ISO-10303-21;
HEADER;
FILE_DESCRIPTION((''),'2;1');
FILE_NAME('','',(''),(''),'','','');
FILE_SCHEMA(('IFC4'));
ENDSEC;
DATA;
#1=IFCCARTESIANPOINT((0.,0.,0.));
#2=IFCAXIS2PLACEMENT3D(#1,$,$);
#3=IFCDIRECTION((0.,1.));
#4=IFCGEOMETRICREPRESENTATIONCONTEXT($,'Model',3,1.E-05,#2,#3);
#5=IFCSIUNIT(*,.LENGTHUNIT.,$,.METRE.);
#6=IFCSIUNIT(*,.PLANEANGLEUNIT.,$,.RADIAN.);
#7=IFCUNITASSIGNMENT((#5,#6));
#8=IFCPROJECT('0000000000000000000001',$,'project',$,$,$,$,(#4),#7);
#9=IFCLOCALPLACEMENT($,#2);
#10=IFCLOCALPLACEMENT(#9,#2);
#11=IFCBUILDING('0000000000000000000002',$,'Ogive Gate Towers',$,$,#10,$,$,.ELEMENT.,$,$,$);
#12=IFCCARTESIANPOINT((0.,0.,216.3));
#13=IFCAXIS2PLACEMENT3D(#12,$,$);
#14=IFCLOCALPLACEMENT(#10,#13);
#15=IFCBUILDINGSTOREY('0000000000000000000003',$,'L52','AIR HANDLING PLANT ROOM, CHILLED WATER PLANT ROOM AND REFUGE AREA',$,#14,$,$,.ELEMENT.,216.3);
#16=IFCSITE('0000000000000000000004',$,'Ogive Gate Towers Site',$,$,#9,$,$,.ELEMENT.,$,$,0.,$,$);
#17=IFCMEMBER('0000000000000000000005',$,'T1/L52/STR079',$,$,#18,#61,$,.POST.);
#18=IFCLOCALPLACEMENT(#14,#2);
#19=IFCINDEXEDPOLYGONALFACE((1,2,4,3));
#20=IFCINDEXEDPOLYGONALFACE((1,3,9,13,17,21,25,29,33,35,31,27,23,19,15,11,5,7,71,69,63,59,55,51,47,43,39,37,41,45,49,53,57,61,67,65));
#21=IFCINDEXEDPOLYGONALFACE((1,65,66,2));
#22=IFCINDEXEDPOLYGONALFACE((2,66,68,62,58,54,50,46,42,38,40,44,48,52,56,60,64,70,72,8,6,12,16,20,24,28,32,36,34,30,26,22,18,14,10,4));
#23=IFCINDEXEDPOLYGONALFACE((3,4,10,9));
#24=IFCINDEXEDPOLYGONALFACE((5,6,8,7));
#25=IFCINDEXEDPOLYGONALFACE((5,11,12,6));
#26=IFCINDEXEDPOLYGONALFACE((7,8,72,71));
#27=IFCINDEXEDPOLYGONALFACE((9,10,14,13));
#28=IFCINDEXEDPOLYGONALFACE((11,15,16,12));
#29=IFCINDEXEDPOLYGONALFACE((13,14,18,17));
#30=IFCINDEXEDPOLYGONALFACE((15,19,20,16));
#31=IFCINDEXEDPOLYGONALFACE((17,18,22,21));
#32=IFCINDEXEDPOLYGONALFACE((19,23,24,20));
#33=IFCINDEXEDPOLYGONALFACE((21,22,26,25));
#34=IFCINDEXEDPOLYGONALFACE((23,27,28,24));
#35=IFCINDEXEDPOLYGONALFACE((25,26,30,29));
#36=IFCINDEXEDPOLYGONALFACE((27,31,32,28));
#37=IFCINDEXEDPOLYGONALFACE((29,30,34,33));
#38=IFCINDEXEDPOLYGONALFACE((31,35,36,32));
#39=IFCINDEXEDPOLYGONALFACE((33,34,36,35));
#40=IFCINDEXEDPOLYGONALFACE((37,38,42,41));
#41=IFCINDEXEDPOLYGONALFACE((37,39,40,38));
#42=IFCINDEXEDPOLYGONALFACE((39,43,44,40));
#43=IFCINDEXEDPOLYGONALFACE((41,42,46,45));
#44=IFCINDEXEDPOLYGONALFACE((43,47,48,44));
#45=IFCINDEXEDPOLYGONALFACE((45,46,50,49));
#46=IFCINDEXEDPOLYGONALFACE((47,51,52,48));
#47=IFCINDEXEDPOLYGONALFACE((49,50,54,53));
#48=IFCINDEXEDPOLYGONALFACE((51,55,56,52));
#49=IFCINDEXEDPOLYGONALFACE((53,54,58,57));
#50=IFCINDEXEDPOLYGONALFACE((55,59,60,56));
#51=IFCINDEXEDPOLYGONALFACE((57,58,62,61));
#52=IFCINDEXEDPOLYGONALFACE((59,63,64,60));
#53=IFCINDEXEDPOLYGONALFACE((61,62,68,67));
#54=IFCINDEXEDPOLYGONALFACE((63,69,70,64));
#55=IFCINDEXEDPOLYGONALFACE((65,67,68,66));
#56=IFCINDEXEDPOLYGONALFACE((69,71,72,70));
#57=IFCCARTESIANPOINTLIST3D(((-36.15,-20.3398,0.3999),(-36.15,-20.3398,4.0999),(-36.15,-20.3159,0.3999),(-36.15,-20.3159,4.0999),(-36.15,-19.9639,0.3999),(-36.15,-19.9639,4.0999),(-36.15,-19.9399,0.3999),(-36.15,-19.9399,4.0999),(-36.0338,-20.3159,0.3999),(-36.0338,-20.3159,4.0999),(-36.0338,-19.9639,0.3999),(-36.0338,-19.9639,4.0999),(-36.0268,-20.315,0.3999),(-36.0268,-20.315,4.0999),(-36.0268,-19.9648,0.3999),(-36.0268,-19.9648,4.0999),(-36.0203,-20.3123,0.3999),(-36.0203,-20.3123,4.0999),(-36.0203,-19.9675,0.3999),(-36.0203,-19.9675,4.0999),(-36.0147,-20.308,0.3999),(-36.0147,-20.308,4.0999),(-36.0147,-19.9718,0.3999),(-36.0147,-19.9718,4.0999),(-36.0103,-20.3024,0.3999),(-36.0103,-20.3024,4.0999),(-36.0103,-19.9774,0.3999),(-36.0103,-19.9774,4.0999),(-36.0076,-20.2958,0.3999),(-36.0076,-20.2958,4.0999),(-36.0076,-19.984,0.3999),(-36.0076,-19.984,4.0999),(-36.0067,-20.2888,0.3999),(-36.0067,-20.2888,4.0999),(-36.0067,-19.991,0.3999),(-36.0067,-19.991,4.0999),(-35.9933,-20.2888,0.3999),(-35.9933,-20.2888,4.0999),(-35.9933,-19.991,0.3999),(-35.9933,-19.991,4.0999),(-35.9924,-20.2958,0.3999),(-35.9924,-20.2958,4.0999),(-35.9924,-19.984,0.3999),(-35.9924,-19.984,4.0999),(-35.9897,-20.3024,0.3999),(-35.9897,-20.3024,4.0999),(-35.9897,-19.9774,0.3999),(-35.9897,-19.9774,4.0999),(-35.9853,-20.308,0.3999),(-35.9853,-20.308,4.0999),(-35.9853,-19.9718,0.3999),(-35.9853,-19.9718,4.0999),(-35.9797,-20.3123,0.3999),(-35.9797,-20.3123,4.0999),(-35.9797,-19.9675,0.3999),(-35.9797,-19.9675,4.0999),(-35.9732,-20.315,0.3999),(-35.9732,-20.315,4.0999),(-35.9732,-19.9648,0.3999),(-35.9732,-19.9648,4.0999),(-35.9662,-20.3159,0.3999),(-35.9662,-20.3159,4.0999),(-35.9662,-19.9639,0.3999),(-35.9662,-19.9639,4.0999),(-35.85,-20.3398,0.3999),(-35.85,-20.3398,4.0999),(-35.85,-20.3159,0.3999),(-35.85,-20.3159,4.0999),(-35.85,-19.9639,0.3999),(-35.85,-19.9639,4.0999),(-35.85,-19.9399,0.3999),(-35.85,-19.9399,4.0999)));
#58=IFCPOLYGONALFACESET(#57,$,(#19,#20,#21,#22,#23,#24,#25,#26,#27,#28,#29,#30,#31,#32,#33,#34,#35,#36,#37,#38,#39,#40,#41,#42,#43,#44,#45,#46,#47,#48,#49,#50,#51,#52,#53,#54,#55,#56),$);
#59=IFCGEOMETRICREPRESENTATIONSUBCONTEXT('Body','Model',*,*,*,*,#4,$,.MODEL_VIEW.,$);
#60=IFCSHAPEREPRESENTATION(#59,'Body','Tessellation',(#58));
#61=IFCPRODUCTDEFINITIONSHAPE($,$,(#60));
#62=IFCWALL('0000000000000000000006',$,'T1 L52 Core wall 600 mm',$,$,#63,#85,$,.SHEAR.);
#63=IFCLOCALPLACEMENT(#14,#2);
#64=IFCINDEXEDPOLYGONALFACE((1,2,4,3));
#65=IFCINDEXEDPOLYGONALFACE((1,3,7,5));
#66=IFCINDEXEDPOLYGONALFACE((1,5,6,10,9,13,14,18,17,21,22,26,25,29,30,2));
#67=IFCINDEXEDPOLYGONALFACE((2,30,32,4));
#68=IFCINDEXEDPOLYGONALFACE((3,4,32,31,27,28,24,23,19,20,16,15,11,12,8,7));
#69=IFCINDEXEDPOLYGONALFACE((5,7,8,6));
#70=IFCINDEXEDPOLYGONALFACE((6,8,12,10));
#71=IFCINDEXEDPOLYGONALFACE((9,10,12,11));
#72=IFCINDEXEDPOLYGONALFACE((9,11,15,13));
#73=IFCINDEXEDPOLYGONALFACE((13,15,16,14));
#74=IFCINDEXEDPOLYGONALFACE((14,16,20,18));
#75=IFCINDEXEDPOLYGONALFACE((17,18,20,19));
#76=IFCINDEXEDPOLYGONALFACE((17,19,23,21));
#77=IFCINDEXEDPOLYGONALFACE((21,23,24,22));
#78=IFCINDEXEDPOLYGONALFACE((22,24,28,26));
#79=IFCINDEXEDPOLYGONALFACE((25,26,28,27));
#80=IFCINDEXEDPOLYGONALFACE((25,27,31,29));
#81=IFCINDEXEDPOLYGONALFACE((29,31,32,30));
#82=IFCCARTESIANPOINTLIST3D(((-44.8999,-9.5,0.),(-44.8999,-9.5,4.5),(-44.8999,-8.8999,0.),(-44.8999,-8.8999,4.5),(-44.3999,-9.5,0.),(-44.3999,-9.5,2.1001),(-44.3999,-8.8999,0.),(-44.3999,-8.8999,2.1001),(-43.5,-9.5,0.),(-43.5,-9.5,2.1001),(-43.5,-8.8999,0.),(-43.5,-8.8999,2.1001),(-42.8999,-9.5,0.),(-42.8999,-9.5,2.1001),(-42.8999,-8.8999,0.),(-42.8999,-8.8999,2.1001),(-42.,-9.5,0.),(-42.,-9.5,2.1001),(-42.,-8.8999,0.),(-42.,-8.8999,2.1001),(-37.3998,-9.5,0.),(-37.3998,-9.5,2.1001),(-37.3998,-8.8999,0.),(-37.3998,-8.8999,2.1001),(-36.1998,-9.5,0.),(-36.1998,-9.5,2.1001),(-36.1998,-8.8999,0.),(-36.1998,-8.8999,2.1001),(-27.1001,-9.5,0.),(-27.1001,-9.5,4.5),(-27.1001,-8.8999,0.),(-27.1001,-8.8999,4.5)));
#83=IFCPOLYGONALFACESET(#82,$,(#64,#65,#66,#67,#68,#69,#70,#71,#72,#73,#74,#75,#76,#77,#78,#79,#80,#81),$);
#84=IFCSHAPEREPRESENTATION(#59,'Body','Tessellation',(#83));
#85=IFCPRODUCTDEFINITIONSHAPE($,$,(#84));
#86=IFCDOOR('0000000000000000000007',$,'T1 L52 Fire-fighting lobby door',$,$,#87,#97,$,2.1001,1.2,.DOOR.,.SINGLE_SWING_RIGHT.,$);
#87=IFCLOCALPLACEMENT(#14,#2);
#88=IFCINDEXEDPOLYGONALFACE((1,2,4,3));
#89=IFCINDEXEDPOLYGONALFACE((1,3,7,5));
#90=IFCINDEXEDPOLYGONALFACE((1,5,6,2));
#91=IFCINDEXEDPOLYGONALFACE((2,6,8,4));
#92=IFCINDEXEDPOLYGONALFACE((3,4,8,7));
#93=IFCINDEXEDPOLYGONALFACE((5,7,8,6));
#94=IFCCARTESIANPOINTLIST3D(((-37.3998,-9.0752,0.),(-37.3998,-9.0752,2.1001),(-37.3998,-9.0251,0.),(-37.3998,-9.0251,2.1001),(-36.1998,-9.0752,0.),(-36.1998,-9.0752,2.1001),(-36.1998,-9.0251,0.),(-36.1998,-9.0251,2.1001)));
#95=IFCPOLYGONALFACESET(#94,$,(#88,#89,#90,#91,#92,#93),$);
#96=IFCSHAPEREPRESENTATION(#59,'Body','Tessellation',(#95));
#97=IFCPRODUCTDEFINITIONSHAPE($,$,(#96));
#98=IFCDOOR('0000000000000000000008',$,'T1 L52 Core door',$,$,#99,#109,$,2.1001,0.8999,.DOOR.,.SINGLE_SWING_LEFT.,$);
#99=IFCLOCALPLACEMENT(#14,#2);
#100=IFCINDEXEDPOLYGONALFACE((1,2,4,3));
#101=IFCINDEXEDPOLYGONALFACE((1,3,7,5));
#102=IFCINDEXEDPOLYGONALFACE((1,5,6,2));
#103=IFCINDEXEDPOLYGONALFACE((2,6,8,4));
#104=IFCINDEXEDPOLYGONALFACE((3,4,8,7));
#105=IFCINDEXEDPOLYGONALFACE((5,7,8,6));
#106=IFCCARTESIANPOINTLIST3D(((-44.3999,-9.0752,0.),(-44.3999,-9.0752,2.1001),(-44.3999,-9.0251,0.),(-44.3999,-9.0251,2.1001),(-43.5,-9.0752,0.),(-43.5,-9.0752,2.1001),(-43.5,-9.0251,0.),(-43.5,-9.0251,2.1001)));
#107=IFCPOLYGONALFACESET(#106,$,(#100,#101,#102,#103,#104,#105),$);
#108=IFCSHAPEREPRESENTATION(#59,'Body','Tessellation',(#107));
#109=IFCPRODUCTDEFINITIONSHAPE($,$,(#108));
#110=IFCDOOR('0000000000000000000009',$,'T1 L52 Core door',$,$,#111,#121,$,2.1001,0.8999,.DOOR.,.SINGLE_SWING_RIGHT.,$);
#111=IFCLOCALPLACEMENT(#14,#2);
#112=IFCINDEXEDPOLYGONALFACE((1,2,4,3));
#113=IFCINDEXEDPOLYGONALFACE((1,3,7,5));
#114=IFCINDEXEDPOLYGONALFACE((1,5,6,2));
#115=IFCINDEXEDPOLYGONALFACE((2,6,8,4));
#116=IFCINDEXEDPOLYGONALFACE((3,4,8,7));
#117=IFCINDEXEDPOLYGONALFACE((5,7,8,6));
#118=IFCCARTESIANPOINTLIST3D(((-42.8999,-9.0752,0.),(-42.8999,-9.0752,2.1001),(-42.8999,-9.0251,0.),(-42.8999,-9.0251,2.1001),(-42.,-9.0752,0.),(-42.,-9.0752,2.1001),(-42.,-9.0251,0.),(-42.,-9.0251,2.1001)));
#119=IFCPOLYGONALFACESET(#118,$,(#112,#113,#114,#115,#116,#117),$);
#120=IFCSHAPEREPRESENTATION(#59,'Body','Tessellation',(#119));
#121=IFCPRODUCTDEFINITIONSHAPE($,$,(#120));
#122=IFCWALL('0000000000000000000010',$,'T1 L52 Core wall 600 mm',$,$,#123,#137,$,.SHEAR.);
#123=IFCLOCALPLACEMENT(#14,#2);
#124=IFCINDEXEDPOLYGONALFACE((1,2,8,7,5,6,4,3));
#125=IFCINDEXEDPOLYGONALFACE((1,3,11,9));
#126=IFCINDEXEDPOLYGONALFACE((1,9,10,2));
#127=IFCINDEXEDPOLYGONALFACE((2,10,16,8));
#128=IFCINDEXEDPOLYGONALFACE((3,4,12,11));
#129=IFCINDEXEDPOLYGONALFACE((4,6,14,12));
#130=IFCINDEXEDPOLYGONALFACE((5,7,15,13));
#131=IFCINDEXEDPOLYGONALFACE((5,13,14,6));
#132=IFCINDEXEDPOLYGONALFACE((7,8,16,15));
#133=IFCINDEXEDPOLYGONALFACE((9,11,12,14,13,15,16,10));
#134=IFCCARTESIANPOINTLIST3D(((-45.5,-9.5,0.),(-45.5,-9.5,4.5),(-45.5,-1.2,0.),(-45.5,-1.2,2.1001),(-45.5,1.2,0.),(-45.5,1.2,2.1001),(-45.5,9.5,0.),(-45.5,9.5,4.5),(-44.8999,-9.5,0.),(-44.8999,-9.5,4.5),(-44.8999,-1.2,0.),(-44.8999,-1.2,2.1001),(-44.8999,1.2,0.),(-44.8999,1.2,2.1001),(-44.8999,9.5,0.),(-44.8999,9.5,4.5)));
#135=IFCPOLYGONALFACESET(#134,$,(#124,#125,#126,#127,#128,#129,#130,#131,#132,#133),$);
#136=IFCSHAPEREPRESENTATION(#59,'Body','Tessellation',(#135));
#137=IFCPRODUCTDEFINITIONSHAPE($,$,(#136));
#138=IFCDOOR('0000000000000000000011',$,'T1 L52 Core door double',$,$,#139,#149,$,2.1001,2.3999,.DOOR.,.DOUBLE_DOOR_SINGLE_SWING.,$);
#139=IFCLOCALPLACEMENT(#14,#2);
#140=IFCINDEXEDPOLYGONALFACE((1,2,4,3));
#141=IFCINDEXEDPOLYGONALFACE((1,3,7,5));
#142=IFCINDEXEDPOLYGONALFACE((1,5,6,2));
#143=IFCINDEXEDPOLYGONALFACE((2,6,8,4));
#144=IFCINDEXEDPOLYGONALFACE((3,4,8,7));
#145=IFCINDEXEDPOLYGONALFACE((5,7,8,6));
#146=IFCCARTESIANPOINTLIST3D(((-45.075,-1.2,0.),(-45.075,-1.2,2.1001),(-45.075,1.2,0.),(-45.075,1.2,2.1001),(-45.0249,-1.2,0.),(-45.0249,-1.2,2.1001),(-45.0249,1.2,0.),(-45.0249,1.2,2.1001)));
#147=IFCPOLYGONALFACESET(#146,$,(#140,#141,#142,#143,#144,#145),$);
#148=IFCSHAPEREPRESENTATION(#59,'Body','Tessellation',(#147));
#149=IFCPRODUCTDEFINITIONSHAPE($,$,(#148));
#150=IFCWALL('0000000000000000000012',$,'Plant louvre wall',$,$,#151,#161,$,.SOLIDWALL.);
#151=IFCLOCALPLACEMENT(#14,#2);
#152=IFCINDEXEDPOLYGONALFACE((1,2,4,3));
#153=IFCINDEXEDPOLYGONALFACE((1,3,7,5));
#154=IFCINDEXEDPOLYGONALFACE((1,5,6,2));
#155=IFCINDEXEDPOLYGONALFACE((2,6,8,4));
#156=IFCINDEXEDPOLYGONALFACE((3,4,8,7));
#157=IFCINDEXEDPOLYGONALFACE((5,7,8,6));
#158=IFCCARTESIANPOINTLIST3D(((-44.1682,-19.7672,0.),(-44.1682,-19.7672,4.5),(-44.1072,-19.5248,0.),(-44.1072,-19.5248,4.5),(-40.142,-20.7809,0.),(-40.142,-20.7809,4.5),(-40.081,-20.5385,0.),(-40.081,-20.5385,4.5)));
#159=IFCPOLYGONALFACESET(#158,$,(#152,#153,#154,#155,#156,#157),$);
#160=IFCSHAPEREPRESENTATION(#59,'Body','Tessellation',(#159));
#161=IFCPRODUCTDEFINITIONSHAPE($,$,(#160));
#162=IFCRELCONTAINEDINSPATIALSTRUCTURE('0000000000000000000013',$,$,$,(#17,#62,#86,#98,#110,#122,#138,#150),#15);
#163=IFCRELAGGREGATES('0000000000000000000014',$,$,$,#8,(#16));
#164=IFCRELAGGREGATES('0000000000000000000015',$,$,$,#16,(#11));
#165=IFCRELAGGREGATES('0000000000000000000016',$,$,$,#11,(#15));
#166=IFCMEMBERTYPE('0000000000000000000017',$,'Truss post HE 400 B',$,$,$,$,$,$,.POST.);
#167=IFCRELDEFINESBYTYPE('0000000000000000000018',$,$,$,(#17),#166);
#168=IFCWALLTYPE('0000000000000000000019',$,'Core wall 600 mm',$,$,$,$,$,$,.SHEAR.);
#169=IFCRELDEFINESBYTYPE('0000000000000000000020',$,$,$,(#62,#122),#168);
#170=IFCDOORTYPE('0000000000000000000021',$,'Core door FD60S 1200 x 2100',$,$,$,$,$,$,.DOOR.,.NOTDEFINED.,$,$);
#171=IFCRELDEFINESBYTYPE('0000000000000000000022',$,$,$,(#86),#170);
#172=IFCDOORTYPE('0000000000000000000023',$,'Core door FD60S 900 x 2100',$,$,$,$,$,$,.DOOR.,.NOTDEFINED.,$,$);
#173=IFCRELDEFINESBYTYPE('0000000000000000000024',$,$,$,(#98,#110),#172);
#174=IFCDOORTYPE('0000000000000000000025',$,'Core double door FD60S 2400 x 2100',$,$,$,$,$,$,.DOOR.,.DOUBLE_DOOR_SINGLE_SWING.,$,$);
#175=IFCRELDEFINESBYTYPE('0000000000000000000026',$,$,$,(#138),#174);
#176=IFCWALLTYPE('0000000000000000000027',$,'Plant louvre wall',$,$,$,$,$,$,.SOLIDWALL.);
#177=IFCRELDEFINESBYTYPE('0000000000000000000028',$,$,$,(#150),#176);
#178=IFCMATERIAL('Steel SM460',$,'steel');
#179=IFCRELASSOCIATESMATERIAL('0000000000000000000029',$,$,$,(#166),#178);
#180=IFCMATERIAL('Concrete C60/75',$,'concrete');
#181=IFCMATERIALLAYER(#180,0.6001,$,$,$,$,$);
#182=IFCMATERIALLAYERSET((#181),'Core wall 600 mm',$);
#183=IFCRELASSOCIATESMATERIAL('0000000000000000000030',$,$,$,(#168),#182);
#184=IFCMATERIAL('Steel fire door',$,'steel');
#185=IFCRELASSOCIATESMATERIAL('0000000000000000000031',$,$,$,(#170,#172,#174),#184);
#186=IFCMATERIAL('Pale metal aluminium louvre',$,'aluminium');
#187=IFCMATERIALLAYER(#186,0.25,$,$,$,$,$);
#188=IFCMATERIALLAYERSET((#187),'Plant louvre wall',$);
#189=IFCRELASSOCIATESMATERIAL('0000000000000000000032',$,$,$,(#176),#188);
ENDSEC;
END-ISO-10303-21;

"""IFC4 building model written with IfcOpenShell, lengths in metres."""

from ifc_helpers import new_model, si_unit, direction, frame, frame_2d, origin, origin_2d, place, context, subcontext, project, spatial, rectangle, i_section, extrude, material, layer, layer_set, material_profile, profile_set, type_object, element, fill, save


model = new_model("IFC4")

# Units and contexts
model_context = context("Model", 3, precision=1e-05, world=origin(), true_north=direction((0.0, 1.0)))
body_context = subcontext(model_context, "Body", "Model", "MODEL_VIEW")
ifc_project = project(units=[si_unit("LENGTHUNIT", "METRE"), si_unit("PLANEANGLEUNIT", "RADIAN")], contexts=[model_context])

# Site, building, storey
site_placement = place(None, origin())
site = spatial("IfcSite", under=ifc_project, at=site_placement, Name="Ogive Gate Towers Site", CompositionType="ELEMENT", RefElevation=0.0)
building_placement = place(site_placement, origin())
building = spatial("IfcBuilding", under=site, at=building_placement, Name="Ogive Gate Towers", CompositionType="ELEMENT")
storey_placement = place(building_placement, frame((0.0, 0.0, 216.3)))
storey = spatial("IfcBuildingStorey", under=building, at=storey_placement, Name="L52", Description="AIR HANDLING PLANT ROOM, CHILLED WATER PLANT ROOM AND REFUGE AREA", CompositionType="ELEMENT", Elevation=216.3)

# Shared definitions
ifc_material_1 = material(Name="Steel SM460", Category="steel")

# Member
ifc_material_profile_1 = material_profile(ifc_material_1, i_section(OverallWidth=0.3, OverallDepth=0.3999, WebThickness=0.0134, FlangeThickness=0.0239, FilletRadius=0.0271, at=origin_2d()), Name="HE 400 B")
ifc_profile_set_1 = profile_set([ifc_material_profile_1], Name="Steel SM460")
member_type_1 = type_object("IfcMemberType", Name="Truss post HE 400 B", PredefinedType="POST", material=ifc_profile_set_1)
for number, where, z_axis, x_axis, name in (
    (1, (-36.0, -20.1399, 0.3999), (0.0, 0.0, 1.0), (1.0, 0.0, 0.0), "T1/L52/STR079"),
):
    element("IfcMember", number, at=place(storey_placement, frame(where, z_axis=z_axis, x_axis=x_axis)), inside=storey, type_object=member_type_1, Name=name, PredefinedType="POST", context=body_context, shape_type="SweptSolid", body=[
        extrude(i_section(OverallWidth=0.3, OverallDepth=0.3999, WebThickness=0.0134, FlangeThickness=0.0239, FilletRadius=0.0271, at=origin_2d()), origin(), (0.0, 0.0, 1.0), 3.7),
    ])

# Wall, openings, doors
ifc_material_2 = material(Name="Concrete C60/75", Category="concrete")
ifc_layer_1 = layer(ifc_material_2, 0.6001)
ifc_layer_set_1 = layer_set([ifc_layer_1], Name="Core wall 600 mm")
wall_type_1 = type_object("IfcWallType", Name="Core wall 600 mm", PredefinedType="SHEAR", material=ifc_layer_set_1)
wall_1_placement = place(storey_placement, frame((-44.8999, -9.2, 0.0), z_axis=(0.0, 0.0, 1.0), x_axis=(1.0, 0.0, 0.0)))
wall_1 = element("IfcWall", 2, at=wall_1_placement, inside=storey, type_object=wall_type_1, Name="T1 L52 Core wall 600 mm", PredefinedType="SHEAR", context=body_context, shape_type="SweptSolid", body=[
    extrude(rectangle(XDim=17.7998, YDim=0.6001, at=frame_2d((8.8999, 0.0))), origin(), (0.0, 0.0, 1.0), 4.5),
])
opening_1_placement = place(wall_1_placement, frame((7.5, 0.0, 0.0)))
opening_1 = element("IfcOpeningElement", 3, at=opening_1_placement, cuts=wall_1, PredefinedType="OPENING", context=body_context, shape_type="SweptSolid", body=[
    extrude(rectangle(XDim=1.2, YDim=2.1001, at=frame_2d((0.6001, 1.05))), frame((0.0, 0.3101, 0.0), z_axis=(0.0, -1.0, 0.0), x_axis=(1.0, 0.0, 0.0)), (0.0, 0.0, 1.0), 0.6201),
])
opening_2_placement = place(wall_1_placement, frame((0.5, 0.0, 0.0)))
opening_2 = element("IfcOpeningElement", 4, at=opening_2_placement, cuts=wall_1, PredefinedType="OPENING", context=body_context, shape_type="SweptSolid", body=[
    extrude(rectangle(XDim=0.8999, YDim=2.1001, at=frame_2d((0.45, 1.05))), frame((0.0, 0.3101, 0.0), z_axis=(0.0, -1.0, 0.0), x_axis=(1.0, 0.0, 0.0)), (0.0, 0.0, 1.0), 0.6201),
])
opening_3_placement = place(wall_1_placement, frame((2.0, 0.0, 0.0)))
opening_3 = element("IfcOpeningElement", 5, at=opening_3_placement, cuts=wall_1, PredefinedType="OPENING", context=body_context, shape_type="SweptSolid", body=[
    extrude(rectangle(XDim=0.8999, YDim=2.1001, at=frame_2d((0.45, 1.05))), frame((0.0, 0.3101, 0.0), z_axis=(0.0, -1.0, 0.0), x_axis=(1.0, 0.0, 0.0)), (0.0, 0.0, 1.0), 0.6201),
])
ifc_material_3 = material(Name="Steel fire door", Category="steel")
door_type_1 = type_object("IfcDoorType", Name="Core door FD60S 1200 x 2100", OperationType="NOTDEFINED", PredefinedType="DOOR", material=ifc_material_3)
door_1_placement = place(opening_1_placement, origin())
door_1 = element("IfcDoor", 6, at=door_1_placement, inside=storey, type_object=door_type_1, Name="T1 L52 Fire-fighting lobby door", OperationType="SINGLE_SWING_RIGHT", OverallHeight=2.1001, OverallWidth=1.2, PredefinedType="DOOR", context=body_context, shape_type="SweptSolid", body=[
    extrude(rectangle(XDim=1.2, YDim=2.1001, at=frame_2d((0.6001, 1.05))), frame((0.0, 0.1748, 0.0), z_axis=(0.0, -1.0, 0.0), x_axis=(1.0, 0.0, 0.0)), (0.0, 0.0, 1.0), 0.05),
])
fill(opening_1, door_1)
door_type_2 = type_object("IfcDoorType", Name="Core door FD60S 900 x 2100", OperationType="NOTDEFINED", PredefinedType="DOOR", material=ifc_material_3)
door_2_placement = place(opening_2_placement, origin())
door_2 = element("IfcDoor", 7, at=door_2_placement, inside=storey, type_object=door_type_2, Name="T1 L52 Core door", OperationType="SINGLE_SWING_LEFT", OverallHeight=2.1001, OverallWidth=0.8999, PredefinedType="DOOR", context=body_context, shape_type="SweptSolid", body=[
    extrude(rectangle(XDim=0.8999, YDim=2.1001, at=frame_2d((0.45, 1.05))), frame((0.0, 0.1748, 0.0), z_axis=(0.0, -1.0, 0.0), x_axis=(1.0, 0.0, 0.0)), (0.0, 0.0, 1.0), 0.05),
])
fill(opening_2, door_2)
door_3_placement = place(opening_3_placement, origin())
door_3 = element("IfcDoor", 8, at=door_3_placement, inside=storey, type_object=door_type_2, Name="T1 L52 Core door", OperationType="SINGLE_SWING_RIGHT", OverallHeight=2.1001, OverallWidth=0.8999, PredefinedType="DOOR", context=body_context, shape_type="SweptSolid", body=[
    extrude(rectangle(XDim=0.8999, YDim=2.1001, at=frame_2d((0.45, 1.05))), frame((0.0, 0.1748, 0.0), z_axis=(0.0, -1.0, 0.0), x_axis=(1.0, 0.0, 0.0)), (0.0, 0.0, 1.0), 0.05),
])
fill(opening_3, door_3)

# Wall, opening, door
wall_2_placement = place(storey_placement, frame((-45.2, -9.5, 0.0), z_axis=(0.0, 0.0, 1.0), x_axis=(0.0, 1.0, 0.0)))
wall_2 = element("IfcWall", 9, at=wall_2_placement, inside=storey, type_object=wall_type_1, Name="T1 L52 Core wall 600 mm", PredefinedType="SHEAR", context=body_context, shape_type="SweptSolid", body=[
    extrude(rectangle(XDim=19.0, YDim=0.6001, at=frame_2d((9.5, 0.0))), origin(), (0.0, 0.0, 1.0), 4.5),
])
opening_4_placement = place(wall_2_placement, frame((8.3, 0.0, 0.0)))
opening_4 = element("IfcOpeningElement", 10, at=opening_4_placement, cuts=wall_2, PredefinedType="OPENING", context=body_context, shape_type="SweptSolid", body=[
    extrude(rectangle(XDim=2.3999, YDim=2.1001, at=frame_2d((1.2, 1.05))), frame((0.0, 0.3101, 0.0), z_axis=(0.0, -1.0, 0.0), x_axis=(1.0, 0.0, 0.0)), (0.0, 0.0, 1.0), 0.6201),
])
door_type_3 = type_object("IfcDoorType", Name="Core double door FD60S 2400 x 2100", OperationType="DOUBLE_DOOR_SINGLE_SWING", PredefinedType="DOOR", material=ifc_material_3)
door_4_placement = place(opening_4_placement, origin())
door_4 = element("IfcDoor", 11, at=door_4_placement, inside=storey, type_object=door_type_3, Name="T1 L52 Core door double", OperationType="DOUBLE_DOOR_SINGLE_SWING", OverallHeight=2.1001, OverallWidth=2.3999, PredefinedType="DOOR", context=body_context, shape_type="SweptSolid", body=[
    extrude(rectangle(XDim=2.3999, YDim=2.1001, at=frame_2d((1.2, 1.05))), frame((0.0, -0.125, 0.0), z_axis=(0.0, -1.0, 0.0), x_axis=(1.0, 0.0, 0.0)), (0.0, 0.0, 1.0), 0.05),
])
fill(opening_4, door_4)

# Wall
ifc_material_4 = material(Name="Pale metal aluminium louvre", Category="aluminium")
ifc_layer_2 = layer(ifc_material_4, 0.25)
ifc_layer_set_2 = layer_set([ifc_layer_2], Name="Plant louvre wall")
wall_type_2 = type_object("IfcWallType", Name="Plant louvre wall", PredefinedType="SOLIDWALL", material=ifc_layer_set_2)
wall_3_placement = place(storey_placement, frame((-44.1377, -19.646, 0.0), z_axis=(0.0, 0.0, 1.0), x_axis=(0.969736, -0.244154, 0.0)))
element("IfcWall", 12, at=wall_3_placement, inside=storey, type_object=wall_type_2, Name="Plant louvre wall", PredefinedType="SOLIDWALL", context=body_context, shape_type="SweptSolid", body=[
    extrude(rectangle(XDim=4.1519, YDim=0.25, at=frame_2d((2.0759, 0.0))), origin(), (0.0, 0.0, 1.0), 4.5),
])

save(model, "model.ifc")
